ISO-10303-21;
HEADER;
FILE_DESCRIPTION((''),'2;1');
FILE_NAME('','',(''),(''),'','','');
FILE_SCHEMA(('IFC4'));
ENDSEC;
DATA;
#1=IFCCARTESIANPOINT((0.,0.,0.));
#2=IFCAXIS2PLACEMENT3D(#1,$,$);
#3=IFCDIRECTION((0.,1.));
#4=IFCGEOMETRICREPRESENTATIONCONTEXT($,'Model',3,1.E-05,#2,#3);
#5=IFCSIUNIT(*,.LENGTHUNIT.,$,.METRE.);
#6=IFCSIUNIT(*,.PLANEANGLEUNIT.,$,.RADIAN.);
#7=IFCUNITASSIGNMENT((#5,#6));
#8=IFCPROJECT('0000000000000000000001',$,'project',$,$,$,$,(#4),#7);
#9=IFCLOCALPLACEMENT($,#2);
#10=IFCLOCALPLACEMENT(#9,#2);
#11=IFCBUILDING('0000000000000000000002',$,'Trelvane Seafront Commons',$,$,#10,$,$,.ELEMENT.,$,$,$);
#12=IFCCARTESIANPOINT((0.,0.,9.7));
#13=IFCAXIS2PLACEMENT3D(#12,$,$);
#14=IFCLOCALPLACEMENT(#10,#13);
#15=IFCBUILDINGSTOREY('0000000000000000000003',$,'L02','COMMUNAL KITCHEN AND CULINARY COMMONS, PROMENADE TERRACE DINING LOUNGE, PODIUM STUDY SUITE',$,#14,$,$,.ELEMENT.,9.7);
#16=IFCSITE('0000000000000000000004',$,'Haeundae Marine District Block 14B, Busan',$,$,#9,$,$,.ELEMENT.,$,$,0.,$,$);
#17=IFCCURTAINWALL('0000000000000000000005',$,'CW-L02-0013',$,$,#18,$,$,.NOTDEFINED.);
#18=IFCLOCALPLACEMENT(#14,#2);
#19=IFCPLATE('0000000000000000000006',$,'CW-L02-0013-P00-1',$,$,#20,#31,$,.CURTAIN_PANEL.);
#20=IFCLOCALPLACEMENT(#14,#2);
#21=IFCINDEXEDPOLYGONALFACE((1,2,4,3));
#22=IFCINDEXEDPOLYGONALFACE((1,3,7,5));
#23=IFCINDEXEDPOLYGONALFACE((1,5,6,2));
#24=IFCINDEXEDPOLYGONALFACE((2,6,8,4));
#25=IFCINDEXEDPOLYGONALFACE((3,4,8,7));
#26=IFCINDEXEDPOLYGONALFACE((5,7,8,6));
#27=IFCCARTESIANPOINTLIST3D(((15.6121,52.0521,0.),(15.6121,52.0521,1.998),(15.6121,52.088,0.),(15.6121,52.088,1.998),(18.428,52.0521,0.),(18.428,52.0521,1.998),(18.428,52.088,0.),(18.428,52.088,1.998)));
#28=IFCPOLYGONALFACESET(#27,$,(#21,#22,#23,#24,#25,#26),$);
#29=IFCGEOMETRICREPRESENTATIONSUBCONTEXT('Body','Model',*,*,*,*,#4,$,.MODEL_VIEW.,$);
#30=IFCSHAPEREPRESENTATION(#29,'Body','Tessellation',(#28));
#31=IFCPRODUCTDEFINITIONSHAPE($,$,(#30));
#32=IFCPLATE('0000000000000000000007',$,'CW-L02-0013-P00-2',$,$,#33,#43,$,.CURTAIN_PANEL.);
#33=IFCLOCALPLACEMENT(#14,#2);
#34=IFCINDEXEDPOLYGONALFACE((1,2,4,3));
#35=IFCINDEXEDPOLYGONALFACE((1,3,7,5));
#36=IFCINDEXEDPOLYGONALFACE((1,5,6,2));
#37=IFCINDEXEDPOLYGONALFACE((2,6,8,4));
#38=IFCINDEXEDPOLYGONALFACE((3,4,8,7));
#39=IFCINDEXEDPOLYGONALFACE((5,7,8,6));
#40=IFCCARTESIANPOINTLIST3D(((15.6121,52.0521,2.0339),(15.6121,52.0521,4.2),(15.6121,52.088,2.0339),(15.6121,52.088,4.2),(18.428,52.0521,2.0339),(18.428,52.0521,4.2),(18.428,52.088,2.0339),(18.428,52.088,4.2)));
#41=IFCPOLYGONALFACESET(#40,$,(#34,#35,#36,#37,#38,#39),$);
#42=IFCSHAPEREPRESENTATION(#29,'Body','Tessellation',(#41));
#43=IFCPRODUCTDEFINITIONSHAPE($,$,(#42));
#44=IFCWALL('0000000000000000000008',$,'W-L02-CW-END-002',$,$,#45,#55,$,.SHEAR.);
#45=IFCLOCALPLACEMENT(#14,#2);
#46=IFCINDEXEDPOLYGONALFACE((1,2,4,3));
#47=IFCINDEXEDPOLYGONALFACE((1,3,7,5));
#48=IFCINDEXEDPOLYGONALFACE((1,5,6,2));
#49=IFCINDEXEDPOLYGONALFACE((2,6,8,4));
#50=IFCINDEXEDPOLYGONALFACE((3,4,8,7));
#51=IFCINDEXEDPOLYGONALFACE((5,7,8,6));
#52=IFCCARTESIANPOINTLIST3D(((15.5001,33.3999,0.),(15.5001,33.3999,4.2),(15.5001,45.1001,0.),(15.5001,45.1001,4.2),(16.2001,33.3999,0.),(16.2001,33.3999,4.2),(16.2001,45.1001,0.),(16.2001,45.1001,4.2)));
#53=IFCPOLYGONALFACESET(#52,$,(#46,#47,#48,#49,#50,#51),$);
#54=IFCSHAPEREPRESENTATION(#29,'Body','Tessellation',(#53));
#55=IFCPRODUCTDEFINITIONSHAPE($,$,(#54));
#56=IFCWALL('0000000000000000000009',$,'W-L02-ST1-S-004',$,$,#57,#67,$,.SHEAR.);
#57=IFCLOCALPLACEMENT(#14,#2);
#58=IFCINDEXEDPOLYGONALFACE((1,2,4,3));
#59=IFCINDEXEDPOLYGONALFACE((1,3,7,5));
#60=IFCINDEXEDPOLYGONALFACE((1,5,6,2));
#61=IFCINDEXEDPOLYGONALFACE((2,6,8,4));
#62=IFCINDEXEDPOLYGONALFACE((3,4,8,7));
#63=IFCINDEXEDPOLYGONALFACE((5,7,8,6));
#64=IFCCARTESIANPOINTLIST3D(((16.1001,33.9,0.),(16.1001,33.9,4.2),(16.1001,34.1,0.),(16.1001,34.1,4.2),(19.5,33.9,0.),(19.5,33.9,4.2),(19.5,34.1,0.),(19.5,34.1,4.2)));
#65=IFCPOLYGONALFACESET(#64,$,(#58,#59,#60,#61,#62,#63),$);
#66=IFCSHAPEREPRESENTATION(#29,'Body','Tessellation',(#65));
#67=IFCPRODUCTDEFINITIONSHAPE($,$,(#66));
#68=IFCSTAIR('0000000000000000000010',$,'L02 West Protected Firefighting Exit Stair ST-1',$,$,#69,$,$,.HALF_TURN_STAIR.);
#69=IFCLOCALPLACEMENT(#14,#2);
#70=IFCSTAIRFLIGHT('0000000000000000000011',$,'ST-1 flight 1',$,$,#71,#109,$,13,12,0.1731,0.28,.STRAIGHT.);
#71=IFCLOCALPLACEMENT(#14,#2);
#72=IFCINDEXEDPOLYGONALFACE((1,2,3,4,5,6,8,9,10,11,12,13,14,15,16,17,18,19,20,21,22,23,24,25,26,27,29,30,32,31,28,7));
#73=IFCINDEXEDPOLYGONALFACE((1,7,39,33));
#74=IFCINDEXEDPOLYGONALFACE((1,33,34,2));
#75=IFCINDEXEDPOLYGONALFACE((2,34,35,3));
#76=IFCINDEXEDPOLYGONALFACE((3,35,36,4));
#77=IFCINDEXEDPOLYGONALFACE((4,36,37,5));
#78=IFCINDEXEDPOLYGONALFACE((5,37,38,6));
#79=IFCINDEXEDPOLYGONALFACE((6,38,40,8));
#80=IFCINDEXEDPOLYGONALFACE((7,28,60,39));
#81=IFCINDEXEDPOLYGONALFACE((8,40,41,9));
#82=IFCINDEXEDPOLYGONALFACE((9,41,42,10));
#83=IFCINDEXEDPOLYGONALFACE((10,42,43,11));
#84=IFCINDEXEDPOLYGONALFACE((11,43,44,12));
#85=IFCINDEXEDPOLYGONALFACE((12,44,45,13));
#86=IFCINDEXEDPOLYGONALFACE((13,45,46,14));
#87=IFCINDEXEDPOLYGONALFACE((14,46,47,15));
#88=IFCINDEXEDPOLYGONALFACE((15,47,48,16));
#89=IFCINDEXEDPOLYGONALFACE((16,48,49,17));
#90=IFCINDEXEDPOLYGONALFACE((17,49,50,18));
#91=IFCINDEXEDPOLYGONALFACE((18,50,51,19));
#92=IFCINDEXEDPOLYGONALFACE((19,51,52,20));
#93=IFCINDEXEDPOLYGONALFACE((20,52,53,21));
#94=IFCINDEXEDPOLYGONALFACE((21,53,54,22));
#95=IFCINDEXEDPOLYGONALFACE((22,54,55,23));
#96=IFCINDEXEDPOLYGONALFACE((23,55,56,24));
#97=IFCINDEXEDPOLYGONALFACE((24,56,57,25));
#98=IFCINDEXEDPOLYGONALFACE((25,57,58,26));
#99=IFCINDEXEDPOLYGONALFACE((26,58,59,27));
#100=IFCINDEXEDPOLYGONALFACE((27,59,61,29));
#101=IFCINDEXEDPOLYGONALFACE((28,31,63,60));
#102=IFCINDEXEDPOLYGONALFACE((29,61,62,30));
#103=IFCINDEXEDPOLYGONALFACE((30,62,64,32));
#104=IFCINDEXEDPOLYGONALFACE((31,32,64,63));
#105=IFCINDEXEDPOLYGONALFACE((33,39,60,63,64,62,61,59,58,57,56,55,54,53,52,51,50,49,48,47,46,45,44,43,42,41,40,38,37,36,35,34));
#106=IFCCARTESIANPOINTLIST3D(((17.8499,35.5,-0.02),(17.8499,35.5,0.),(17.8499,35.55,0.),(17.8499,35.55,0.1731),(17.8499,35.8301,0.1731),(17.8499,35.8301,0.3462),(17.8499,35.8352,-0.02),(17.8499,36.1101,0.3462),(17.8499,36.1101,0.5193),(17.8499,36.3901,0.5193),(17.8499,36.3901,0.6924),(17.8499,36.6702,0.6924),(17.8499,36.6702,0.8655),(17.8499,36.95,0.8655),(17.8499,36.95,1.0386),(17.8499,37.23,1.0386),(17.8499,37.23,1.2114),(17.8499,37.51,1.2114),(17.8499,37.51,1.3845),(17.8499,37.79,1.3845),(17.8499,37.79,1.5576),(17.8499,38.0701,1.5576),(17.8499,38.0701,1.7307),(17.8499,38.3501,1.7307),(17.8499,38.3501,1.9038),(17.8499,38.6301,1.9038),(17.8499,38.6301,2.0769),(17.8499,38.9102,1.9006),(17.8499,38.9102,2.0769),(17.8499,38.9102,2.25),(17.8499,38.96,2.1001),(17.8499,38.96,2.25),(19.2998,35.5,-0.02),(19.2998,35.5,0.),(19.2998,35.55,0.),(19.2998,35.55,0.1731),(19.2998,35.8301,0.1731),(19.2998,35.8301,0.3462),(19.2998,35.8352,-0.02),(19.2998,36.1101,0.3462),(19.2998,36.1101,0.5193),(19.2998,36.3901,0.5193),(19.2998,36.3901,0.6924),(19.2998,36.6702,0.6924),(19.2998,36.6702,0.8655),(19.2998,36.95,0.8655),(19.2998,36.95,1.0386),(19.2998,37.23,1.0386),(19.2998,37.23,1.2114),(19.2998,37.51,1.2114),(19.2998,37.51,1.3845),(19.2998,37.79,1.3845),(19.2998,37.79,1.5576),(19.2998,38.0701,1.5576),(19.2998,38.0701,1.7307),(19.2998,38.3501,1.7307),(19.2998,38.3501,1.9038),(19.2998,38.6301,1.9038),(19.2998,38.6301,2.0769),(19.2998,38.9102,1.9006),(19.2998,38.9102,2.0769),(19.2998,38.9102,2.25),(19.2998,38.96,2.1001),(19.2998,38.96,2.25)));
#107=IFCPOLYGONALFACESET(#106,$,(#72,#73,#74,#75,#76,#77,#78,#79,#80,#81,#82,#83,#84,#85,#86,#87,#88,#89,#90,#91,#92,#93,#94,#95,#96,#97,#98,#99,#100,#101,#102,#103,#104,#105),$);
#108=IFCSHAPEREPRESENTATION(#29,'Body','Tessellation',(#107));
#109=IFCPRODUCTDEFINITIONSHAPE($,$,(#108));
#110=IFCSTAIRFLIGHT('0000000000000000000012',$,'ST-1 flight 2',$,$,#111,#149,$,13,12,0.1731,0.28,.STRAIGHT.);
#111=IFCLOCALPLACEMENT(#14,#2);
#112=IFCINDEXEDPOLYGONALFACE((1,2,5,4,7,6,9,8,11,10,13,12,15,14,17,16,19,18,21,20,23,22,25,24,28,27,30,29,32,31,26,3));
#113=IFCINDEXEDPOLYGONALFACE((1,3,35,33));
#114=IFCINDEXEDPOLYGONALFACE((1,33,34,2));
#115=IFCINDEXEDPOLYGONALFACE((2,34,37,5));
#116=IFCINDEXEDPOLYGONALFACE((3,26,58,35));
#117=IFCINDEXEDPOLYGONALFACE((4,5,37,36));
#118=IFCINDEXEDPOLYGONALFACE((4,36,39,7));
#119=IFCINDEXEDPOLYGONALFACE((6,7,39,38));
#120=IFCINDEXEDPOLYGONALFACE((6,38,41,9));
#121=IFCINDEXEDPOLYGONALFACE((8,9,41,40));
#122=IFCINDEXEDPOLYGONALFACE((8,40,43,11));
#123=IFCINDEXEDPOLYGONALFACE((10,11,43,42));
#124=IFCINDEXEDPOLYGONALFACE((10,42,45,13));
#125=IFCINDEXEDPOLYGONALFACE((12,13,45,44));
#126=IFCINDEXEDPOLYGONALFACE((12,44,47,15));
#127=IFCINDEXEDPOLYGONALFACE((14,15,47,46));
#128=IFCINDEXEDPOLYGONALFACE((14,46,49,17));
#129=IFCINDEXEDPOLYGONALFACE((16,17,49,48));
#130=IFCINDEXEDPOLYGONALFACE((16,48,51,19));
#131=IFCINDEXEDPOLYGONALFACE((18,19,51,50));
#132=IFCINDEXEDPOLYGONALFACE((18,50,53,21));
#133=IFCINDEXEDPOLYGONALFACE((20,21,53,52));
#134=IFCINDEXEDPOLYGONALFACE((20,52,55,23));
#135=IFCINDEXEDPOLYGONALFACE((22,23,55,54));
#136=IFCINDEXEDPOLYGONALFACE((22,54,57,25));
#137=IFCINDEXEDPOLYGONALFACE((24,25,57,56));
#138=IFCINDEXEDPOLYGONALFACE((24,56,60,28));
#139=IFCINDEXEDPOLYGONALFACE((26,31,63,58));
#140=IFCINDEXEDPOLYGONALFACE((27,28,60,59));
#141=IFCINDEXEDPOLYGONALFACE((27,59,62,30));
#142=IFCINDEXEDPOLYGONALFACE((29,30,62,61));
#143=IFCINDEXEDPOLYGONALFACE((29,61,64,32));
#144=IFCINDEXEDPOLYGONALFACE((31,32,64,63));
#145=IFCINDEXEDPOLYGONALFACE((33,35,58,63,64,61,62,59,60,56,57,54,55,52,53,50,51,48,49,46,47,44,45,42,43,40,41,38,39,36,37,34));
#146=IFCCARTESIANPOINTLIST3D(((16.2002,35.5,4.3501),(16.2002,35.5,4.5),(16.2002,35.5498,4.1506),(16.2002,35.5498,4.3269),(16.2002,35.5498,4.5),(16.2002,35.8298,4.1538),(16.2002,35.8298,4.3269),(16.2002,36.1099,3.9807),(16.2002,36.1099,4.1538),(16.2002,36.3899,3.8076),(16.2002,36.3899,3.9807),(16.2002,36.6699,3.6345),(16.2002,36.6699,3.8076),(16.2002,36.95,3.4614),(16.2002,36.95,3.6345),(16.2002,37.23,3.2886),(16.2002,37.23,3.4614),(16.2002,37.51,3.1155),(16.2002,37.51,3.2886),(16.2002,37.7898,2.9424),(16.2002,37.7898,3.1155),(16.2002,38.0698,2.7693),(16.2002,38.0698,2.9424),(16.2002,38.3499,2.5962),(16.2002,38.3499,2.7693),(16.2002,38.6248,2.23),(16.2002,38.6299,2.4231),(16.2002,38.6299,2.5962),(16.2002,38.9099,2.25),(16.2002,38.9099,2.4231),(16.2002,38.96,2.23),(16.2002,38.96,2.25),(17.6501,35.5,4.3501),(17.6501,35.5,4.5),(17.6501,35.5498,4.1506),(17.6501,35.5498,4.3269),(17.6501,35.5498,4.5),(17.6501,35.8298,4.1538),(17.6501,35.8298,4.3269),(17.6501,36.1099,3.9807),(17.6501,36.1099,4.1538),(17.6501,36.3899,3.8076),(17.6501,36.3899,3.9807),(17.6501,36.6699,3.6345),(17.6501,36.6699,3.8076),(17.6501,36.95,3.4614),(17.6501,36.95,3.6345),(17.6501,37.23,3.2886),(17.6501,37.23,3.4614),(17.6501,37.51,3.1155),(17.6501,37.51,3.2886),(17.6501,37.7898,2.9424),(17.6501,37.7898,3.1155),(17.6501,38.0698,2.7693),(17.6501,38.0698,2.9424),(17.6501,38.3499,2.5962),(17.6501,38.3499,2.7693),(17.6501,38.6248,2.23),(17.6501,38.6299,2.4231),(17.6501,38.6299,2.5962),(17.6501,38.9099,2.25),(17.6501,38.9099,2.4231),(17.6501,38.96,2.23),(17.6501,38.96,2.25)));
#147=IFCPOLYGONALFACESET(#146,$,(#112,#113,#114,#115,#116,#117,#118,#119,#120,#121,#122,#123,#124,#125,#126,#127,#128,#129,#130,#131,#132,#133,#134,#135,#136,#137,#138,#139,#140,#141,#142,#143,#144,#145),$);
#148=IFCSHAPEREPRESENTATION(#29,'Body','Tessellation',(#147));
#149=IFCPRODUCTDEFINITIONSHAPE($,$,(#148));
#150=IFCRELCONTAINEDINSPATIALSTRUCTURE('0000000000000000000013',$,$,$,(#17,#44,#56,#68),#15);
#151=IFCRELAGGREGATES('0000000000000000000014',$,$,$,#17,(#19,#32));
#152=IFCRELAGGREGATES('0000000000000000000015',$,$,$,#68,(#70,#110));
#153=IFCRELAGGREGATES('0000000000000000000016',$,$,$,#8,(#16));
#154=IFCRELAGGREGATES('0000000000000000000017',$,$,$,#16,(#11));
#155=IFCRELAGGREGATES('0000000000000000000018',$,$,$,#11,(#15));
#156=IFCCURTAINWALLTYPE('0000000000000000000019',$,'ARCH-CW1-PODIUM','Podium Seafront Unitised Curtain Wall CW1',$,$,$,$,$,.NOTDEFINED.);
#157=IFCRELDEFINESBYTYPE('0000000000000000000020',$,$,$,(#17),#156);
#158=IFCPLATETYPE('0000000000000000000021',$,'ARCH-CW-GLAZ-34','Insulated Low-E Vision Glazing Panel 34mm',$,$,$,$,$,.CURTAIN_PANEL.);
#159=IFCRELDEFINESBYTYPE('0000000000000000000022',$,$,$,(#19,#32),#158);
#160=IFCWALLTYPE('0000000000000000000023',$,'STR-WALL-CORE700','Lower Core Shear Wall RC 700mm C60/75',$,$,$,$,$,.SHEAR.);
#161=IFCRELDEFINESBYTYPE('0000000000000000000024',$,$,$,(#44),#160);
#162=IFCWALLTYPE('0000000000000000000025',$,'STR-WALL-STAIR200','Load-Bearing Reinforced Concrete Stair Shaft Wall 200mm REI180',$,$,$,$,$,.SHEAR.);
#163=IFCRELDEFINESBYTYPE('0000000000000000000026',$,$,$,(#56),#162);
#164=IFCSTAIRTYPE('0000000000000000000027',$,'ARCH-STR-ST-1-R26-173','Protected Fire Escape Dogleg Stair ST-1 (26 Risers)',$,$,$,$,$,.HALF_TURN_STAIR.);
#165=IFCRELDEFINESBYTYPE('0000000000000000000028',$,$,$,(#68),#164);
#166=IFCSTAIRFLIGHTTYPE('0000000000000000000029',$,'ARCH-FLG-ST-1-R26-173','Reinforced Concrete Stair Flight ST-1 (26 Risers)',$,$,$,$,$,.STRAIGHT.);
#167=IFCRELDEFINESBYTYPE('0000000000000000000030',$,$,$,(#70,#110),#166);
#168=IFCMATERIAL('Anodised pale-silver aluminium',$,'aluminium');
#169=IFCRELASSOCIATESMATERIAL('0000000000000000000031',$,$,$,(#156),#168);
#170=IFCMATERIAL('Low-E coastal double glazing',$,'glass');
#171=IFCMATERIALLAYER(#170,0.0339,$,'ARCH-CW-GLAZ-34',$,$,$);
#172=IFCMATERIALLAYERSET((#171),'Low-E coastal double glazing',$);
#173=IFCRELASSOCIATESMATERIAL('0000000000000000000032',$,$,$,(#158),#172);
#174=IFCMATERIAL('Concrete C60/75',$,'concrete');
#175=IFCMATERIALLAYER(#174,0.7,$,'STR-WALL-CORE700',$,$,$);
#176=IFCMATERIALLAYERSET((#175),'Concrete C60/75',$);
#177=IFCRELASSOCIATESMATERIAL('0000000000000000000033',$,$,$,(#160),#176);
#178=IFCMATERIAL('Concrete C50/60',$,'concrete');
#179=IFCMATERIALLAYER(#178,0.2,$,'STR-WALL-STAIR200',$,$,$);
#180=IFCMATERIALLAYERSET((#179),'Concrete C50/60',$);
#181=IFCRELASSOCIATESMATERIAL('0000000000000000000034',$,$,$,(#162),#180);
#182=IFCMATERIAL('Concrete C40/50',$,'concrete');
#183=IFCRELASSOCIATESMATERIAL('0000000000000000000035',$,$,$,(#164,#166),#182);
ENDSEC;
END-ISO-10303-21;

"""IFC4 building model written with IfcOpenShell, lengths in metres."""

from ifc_helpers import new_model, si_unit, direction, frame, frame_2d, origin, origin_2d, place, context, subcontext, project, spatial, polyline, rectangle, outline, extrude, source, transform, mapped, material, layer, layer_set, type_object, element, aggregate, save


model = new_model("IFC4")

# Units and contexts
model_context = context("Model", 3, precision=1e-05, world=origin(), true_north=direction((0.0, 1.0)))
body_context = subcontext(model_context, "Body", "Model", "MODEL_VIEW")
ifc_project = project(units=[si_unit("LENGTHUNIT", "METRE"), si_unit("PLANEANGLEUNIT", "RADIAN")], contexts=[model_context])

# Site, building, storey
site_placement = place(None, origin())
site = spatial("IfcSite", under=ifc_project, at=site_placement, Name="Haeundae Marine District Block 14B, Busan", CompositionType="ELEMENT", RefElevation=0.0)
building_placement = place(site_placement, origin())
building = spatial("IfcBuilding", under=site, at=building_placement, Name="Trelvane Seafront Commons", CompositionType="ELEMENT")
storey_placement = place(building_placement, frame((0.0, 0.0, 9.7)))
storey = spatial("IfcBuildingStorey", under=building, at=storey_placement, Name="L02", Description="COMMUNAL KITCHEN AND CULINARY COMMONS, PROMENADE TERRACE DINING LOUNGE, PODIUM STUDY SUITE", CompositionType="ELEMENT", Elevation=9.7)

# Shared definitions
ifc_material_1 = material(Name="Concrete C60/75", Category="concrete")

# Shared definitions
ifc_material_2 = material(Name="Concrete C50/60", Category="concrete")

# Curtain wall, plates
ifc_material_3 = material(Name="Anodised pale-silver aluminium", Category="aluminium")
curtain_wall_type = type_object("IfcCurtainWallType", Name="ARCH-CW1-PODIUM", Description="Podium Seafront Unitised Curtain Wall CW1", PredefinedType="NOTDEFINED", material=ifc_material_3)
curtain_wall_placement = place(storey_placement, origin())
curtain_wall = element("IfcCurtainWall", 1, at=curtain_wall_placement, inside=storey, type_object=curtain_wall_type, Name="CW-L02-0013", PredefinedType="NOTDEFINED")
ifc_material_4 = material(Name="Low-E coastal double glazing", Category="glass")
ifc_layer_1 = layer(ifc_material_4, 0.0339, Name="ARCH-CW-GLAZ-34")
ifc_layer_set_1 = layer_set([ifc_layer_1], Name="Low-E coastal double glazing")
plate_type = type_object("IfcPlateType", Name="ARCH-CW-GLAZ-34", Description="Insulated Low-E Vision Glazing Panel 34mm", PredefinedType="CURTAIN_PANEL", material=ifc_layer_set_1)
shared_shape_1 = source(origin(), body_context, "Body", "SweptSolid", [
    extrude(rectangle(XDim=2.8159, YDim=0.0359, at=origin_2d()), origin(), (0.0, 0.0, 1.0), 1.998),
])
plate_1_placement = place(storey_placement, frame((17.02, 52.0701, 0.0), z_axis=(0.0, 0.0, 1.0), x_axis=(1.0, 0.0, 0.0)))
plate_1 = element("IfcPlate", 2, at=plate_1_placement, type_object=plate_type, Name="CW-L02-0013-P00-1", PredefinedType="CURTAIN_PANEL", context=body_context, shape_type="MappedRepresentation", body=[
    mapped(shared_shape_1, transform((0.0, 0.0, 0.0), x_axis=(1.0, 0.0, 0.0), y_axis=(0.0, 1.0, 0.0), z_axis=(0.0, 0.0, 1.0), scale=1.0)),
])
shared_shape_2 = source(origin(), body_context, "Body", "SweptSolid", [
    extrude(rectangle(XDim=2.8159, YDim=0.0359, at=origin_2d()), origin(), (0.0, 0.0, 1.0), 2.166),
])
plate_2_placement = place(storey_placement, frame((17.02, 52.0701, 2.0339), z_axis=(0.0, 0.0, 1.0), x_axis=(1.0, 0.0, 0.0)))
plate_2 = element("IfcPlate", 3, at=plate_2_placement, type_object=plate_type, Name="CW-L02-0013-P00-2", PredefinedType="CURTAIN_PANEL", context=body_context, shape_type="MappedRepresentation", body=[
    mapped(shared_shape_2, transform((0.0, 0.0, 0.0), x_axis=(1.0, 0.0, 0.0), y_axis=(0.0, 1.0, 0.0), z_axis=(0.0, 0.0, 1.0), scale=1.0)),
])
aggregate(curtain_wall, [plate_1, plate_2])

# Walls
ifc_layer_2 = layer(ifc_material_1, 0.7, Name="STR-WALL-CORE700")
ifc_layer_set_2 = layer_set([ifc_layer_2], Name="Concrete C60/75")
wall_type_1 = type_object("IfcWallType", Name="STR-WALL-CORE700", Description="Lower Core Shear Wall RC 700mm C60/75", PredefinedType="SHEAR", material=ifc_layer_set_2)
wall_1_placement = place(storey_placement, frame((15.8501, 33.3999, 0.0), z_axis=(0.0, 0.0, 1.0), x_axis=(0.0, 1.0, 0.0)))
element("IfcWall", 4, at=wall_1_placement, inside=storey, type_object=wall_type_1, Name="W-L02-CW-END-002", PredefinedType="SHEAR", context=body_context, shape_type="SweptSolid", body=[
    extrude(rectangle(XDim=11.7002, YDim=0.7, at=frame_2d((5.8501, 0.0))), origin(), (0.0, 0.0, 1.0), 4.2),
])
ifc_layer_3 = layer(ifc_material_2, 0.2, Name="STR-WALL-STAIR200")
ifc_layer_set_3 = layer_set([ifc_layer_3], Name="Concrete C50/60")
wall_type_2 = type_object("IfcWallType", Name="STR-WALL-STAIR200", Description="Load-Bearing Reinforced Concrete Stair Shaft Wall 200mm REI180", PredefinedType="SHEAR", material=ifc_layer_set_3)
wall_2_placement = place(storey_placement, frame((16.1001, 34.0, 0.0), z_axis=(0.0, 0.0, 1.0), x_axis=(1.0, 0.0, 0.0)))
element("IfcWall", 5, at=wall_2_placement, inside=storey, type_object=wall_type_2, Name="W-L02-ST1-S-004", PredefinedType="SHEAR", context=body_context, shape_type="SweptSolid", body=[
    extrude(rectangle(XDim=3.3999, YDim=0.2, at=frame_2d((1.7, 0.0))), origin(), (0.0, 0.0, 1.0), 4.2),
])

# Stair, stair flights
ifc_material_5 = material(Name="Concrete C40/50", Category="concrete")
stair_type = type_object("IfcStairType", Name="ARCH-STR-ST-1-R26-173", Description="Protected Fire Escape Dogleg Stair ST-1 (26 Risers)", PredefinedType="HALF_TURN_STAIR", material=ifc_material_5)
stair_placement = place(storey_placement, origin())
stair = element("IfcStair", 6, at=stair_placement, inside=storey, type_object=stair_type, Name="L02 West Protected Firefighting Exit Stair ST-1", PredefinedType="HALF_TURN_STAIR")
stair_flight_type = type_object("IfcStairFlightType", Name="ARCH-FLG-ST-1-R26-173", Description="Reinforced Concrete Stair Flight ST-1 (26 Risers)", PredefinedType="STRAIGHT", material=ifc_material_5)
shared_shape_3 = source(origin(), body_context, "Body", "SweptSolid", [
    extrude(outline(polyline([(-0.05, -0.02), (-0.05, 0.0), (0.0, 0.0), (0.0, 0.1731), (0.28, 0.1731), (0.28, 0.3462), (0.5601, 0.3462), (0.5601, 0.5193), (0.8401, 0.5193), (0.8401, 0.6924), (1.1201, 0.6924), (1.1201, 0.8655), (1.3999, 0.8655), (1.3999, 1.0386), (1.6799, 1.0386), (1.6799, 1.2114), (1.96, 1.2114), (1.96, 1.3845), (2.24, 1.3845), (2.24, 1.5576), (2.52, 1.5576), (2.52, 1.7307), (2.8, 1.7307), (2.8, 1.9038), (3.0801, 1.9038), (3.0801, 2.0769), (3.3601, 2.0769), (3.3601, 2.25), (3.4099, 2.25), (3.4099, 2.1001), (3.3601, 1.9006), (0.2852, -0.02), (-0.05, -0.02)])), frame((0.0, 0.7251, 0.0), z_axis=(0.0, -1.0, 0.0), x_axis=(1.0, 0.0, 0.0)), (0.0, 0.0, 1.0), 1.45),
])
stair_flight_1_placement = place(storey_placement, frame((18.575, 35.55, 0.0), z_axis=(0.0, 0.0, 1.0), x_axis=(0.0, 1.0, 0.0)))
stair_flight_1 = element("IfcStairFlight", 7, at=stair_flight_1_placement, type_object=stair_flight_type, Name="ST-1 flight 1", NumberOfRisers=13, NumberOfTreads=12, PredefinedType="STRAIGHT", RiserHeight=0.1731, TreadLength=0.28, context=body_context, shape_type="MappedRepresentation", body=[
    mapped(shared_shape_3, transform((0.0, 0.0, 0.0), x_axis=(1.0, 0.0, 0.0), y_axis=(0.0, 1.0, 0.0), z_axis=(0.0, 0.0, 1.0), scale=1.0)),
])
stair_flight_2_placement = place(storey_placement, frame((16.925, 38.9099, 2.25), z_axis=(0.0, 0.0, 1.0), x_axis=(0.0, -1.0, 0.0)))
stair_flight_2 = element("IfcStairFlight", 8, at=stair_flight_2_placement, type_object=stair_flight_type, Name="ST-1 flight 2", NumberOfRisers=13, NumberOfTreads=12, PredefinedType="STRAIGHT", RiserHeight=0.1731, TreadLength=0.28, context=body_context, shape_type="MappedRepresentation", body=[
    mapped(shared_shape_3, transform((0.0, 0.0, 0.0), x_axis=(1.0, 0.0, 0.0), y_axis=(0.0, 1.0, 0.0), z_axis=(0.0, 0.0, 1.0), scale=1.0)),
])
aggregate(stair, [stair_flight_1, stair_flight_2])

save(model, "model.ifc")
